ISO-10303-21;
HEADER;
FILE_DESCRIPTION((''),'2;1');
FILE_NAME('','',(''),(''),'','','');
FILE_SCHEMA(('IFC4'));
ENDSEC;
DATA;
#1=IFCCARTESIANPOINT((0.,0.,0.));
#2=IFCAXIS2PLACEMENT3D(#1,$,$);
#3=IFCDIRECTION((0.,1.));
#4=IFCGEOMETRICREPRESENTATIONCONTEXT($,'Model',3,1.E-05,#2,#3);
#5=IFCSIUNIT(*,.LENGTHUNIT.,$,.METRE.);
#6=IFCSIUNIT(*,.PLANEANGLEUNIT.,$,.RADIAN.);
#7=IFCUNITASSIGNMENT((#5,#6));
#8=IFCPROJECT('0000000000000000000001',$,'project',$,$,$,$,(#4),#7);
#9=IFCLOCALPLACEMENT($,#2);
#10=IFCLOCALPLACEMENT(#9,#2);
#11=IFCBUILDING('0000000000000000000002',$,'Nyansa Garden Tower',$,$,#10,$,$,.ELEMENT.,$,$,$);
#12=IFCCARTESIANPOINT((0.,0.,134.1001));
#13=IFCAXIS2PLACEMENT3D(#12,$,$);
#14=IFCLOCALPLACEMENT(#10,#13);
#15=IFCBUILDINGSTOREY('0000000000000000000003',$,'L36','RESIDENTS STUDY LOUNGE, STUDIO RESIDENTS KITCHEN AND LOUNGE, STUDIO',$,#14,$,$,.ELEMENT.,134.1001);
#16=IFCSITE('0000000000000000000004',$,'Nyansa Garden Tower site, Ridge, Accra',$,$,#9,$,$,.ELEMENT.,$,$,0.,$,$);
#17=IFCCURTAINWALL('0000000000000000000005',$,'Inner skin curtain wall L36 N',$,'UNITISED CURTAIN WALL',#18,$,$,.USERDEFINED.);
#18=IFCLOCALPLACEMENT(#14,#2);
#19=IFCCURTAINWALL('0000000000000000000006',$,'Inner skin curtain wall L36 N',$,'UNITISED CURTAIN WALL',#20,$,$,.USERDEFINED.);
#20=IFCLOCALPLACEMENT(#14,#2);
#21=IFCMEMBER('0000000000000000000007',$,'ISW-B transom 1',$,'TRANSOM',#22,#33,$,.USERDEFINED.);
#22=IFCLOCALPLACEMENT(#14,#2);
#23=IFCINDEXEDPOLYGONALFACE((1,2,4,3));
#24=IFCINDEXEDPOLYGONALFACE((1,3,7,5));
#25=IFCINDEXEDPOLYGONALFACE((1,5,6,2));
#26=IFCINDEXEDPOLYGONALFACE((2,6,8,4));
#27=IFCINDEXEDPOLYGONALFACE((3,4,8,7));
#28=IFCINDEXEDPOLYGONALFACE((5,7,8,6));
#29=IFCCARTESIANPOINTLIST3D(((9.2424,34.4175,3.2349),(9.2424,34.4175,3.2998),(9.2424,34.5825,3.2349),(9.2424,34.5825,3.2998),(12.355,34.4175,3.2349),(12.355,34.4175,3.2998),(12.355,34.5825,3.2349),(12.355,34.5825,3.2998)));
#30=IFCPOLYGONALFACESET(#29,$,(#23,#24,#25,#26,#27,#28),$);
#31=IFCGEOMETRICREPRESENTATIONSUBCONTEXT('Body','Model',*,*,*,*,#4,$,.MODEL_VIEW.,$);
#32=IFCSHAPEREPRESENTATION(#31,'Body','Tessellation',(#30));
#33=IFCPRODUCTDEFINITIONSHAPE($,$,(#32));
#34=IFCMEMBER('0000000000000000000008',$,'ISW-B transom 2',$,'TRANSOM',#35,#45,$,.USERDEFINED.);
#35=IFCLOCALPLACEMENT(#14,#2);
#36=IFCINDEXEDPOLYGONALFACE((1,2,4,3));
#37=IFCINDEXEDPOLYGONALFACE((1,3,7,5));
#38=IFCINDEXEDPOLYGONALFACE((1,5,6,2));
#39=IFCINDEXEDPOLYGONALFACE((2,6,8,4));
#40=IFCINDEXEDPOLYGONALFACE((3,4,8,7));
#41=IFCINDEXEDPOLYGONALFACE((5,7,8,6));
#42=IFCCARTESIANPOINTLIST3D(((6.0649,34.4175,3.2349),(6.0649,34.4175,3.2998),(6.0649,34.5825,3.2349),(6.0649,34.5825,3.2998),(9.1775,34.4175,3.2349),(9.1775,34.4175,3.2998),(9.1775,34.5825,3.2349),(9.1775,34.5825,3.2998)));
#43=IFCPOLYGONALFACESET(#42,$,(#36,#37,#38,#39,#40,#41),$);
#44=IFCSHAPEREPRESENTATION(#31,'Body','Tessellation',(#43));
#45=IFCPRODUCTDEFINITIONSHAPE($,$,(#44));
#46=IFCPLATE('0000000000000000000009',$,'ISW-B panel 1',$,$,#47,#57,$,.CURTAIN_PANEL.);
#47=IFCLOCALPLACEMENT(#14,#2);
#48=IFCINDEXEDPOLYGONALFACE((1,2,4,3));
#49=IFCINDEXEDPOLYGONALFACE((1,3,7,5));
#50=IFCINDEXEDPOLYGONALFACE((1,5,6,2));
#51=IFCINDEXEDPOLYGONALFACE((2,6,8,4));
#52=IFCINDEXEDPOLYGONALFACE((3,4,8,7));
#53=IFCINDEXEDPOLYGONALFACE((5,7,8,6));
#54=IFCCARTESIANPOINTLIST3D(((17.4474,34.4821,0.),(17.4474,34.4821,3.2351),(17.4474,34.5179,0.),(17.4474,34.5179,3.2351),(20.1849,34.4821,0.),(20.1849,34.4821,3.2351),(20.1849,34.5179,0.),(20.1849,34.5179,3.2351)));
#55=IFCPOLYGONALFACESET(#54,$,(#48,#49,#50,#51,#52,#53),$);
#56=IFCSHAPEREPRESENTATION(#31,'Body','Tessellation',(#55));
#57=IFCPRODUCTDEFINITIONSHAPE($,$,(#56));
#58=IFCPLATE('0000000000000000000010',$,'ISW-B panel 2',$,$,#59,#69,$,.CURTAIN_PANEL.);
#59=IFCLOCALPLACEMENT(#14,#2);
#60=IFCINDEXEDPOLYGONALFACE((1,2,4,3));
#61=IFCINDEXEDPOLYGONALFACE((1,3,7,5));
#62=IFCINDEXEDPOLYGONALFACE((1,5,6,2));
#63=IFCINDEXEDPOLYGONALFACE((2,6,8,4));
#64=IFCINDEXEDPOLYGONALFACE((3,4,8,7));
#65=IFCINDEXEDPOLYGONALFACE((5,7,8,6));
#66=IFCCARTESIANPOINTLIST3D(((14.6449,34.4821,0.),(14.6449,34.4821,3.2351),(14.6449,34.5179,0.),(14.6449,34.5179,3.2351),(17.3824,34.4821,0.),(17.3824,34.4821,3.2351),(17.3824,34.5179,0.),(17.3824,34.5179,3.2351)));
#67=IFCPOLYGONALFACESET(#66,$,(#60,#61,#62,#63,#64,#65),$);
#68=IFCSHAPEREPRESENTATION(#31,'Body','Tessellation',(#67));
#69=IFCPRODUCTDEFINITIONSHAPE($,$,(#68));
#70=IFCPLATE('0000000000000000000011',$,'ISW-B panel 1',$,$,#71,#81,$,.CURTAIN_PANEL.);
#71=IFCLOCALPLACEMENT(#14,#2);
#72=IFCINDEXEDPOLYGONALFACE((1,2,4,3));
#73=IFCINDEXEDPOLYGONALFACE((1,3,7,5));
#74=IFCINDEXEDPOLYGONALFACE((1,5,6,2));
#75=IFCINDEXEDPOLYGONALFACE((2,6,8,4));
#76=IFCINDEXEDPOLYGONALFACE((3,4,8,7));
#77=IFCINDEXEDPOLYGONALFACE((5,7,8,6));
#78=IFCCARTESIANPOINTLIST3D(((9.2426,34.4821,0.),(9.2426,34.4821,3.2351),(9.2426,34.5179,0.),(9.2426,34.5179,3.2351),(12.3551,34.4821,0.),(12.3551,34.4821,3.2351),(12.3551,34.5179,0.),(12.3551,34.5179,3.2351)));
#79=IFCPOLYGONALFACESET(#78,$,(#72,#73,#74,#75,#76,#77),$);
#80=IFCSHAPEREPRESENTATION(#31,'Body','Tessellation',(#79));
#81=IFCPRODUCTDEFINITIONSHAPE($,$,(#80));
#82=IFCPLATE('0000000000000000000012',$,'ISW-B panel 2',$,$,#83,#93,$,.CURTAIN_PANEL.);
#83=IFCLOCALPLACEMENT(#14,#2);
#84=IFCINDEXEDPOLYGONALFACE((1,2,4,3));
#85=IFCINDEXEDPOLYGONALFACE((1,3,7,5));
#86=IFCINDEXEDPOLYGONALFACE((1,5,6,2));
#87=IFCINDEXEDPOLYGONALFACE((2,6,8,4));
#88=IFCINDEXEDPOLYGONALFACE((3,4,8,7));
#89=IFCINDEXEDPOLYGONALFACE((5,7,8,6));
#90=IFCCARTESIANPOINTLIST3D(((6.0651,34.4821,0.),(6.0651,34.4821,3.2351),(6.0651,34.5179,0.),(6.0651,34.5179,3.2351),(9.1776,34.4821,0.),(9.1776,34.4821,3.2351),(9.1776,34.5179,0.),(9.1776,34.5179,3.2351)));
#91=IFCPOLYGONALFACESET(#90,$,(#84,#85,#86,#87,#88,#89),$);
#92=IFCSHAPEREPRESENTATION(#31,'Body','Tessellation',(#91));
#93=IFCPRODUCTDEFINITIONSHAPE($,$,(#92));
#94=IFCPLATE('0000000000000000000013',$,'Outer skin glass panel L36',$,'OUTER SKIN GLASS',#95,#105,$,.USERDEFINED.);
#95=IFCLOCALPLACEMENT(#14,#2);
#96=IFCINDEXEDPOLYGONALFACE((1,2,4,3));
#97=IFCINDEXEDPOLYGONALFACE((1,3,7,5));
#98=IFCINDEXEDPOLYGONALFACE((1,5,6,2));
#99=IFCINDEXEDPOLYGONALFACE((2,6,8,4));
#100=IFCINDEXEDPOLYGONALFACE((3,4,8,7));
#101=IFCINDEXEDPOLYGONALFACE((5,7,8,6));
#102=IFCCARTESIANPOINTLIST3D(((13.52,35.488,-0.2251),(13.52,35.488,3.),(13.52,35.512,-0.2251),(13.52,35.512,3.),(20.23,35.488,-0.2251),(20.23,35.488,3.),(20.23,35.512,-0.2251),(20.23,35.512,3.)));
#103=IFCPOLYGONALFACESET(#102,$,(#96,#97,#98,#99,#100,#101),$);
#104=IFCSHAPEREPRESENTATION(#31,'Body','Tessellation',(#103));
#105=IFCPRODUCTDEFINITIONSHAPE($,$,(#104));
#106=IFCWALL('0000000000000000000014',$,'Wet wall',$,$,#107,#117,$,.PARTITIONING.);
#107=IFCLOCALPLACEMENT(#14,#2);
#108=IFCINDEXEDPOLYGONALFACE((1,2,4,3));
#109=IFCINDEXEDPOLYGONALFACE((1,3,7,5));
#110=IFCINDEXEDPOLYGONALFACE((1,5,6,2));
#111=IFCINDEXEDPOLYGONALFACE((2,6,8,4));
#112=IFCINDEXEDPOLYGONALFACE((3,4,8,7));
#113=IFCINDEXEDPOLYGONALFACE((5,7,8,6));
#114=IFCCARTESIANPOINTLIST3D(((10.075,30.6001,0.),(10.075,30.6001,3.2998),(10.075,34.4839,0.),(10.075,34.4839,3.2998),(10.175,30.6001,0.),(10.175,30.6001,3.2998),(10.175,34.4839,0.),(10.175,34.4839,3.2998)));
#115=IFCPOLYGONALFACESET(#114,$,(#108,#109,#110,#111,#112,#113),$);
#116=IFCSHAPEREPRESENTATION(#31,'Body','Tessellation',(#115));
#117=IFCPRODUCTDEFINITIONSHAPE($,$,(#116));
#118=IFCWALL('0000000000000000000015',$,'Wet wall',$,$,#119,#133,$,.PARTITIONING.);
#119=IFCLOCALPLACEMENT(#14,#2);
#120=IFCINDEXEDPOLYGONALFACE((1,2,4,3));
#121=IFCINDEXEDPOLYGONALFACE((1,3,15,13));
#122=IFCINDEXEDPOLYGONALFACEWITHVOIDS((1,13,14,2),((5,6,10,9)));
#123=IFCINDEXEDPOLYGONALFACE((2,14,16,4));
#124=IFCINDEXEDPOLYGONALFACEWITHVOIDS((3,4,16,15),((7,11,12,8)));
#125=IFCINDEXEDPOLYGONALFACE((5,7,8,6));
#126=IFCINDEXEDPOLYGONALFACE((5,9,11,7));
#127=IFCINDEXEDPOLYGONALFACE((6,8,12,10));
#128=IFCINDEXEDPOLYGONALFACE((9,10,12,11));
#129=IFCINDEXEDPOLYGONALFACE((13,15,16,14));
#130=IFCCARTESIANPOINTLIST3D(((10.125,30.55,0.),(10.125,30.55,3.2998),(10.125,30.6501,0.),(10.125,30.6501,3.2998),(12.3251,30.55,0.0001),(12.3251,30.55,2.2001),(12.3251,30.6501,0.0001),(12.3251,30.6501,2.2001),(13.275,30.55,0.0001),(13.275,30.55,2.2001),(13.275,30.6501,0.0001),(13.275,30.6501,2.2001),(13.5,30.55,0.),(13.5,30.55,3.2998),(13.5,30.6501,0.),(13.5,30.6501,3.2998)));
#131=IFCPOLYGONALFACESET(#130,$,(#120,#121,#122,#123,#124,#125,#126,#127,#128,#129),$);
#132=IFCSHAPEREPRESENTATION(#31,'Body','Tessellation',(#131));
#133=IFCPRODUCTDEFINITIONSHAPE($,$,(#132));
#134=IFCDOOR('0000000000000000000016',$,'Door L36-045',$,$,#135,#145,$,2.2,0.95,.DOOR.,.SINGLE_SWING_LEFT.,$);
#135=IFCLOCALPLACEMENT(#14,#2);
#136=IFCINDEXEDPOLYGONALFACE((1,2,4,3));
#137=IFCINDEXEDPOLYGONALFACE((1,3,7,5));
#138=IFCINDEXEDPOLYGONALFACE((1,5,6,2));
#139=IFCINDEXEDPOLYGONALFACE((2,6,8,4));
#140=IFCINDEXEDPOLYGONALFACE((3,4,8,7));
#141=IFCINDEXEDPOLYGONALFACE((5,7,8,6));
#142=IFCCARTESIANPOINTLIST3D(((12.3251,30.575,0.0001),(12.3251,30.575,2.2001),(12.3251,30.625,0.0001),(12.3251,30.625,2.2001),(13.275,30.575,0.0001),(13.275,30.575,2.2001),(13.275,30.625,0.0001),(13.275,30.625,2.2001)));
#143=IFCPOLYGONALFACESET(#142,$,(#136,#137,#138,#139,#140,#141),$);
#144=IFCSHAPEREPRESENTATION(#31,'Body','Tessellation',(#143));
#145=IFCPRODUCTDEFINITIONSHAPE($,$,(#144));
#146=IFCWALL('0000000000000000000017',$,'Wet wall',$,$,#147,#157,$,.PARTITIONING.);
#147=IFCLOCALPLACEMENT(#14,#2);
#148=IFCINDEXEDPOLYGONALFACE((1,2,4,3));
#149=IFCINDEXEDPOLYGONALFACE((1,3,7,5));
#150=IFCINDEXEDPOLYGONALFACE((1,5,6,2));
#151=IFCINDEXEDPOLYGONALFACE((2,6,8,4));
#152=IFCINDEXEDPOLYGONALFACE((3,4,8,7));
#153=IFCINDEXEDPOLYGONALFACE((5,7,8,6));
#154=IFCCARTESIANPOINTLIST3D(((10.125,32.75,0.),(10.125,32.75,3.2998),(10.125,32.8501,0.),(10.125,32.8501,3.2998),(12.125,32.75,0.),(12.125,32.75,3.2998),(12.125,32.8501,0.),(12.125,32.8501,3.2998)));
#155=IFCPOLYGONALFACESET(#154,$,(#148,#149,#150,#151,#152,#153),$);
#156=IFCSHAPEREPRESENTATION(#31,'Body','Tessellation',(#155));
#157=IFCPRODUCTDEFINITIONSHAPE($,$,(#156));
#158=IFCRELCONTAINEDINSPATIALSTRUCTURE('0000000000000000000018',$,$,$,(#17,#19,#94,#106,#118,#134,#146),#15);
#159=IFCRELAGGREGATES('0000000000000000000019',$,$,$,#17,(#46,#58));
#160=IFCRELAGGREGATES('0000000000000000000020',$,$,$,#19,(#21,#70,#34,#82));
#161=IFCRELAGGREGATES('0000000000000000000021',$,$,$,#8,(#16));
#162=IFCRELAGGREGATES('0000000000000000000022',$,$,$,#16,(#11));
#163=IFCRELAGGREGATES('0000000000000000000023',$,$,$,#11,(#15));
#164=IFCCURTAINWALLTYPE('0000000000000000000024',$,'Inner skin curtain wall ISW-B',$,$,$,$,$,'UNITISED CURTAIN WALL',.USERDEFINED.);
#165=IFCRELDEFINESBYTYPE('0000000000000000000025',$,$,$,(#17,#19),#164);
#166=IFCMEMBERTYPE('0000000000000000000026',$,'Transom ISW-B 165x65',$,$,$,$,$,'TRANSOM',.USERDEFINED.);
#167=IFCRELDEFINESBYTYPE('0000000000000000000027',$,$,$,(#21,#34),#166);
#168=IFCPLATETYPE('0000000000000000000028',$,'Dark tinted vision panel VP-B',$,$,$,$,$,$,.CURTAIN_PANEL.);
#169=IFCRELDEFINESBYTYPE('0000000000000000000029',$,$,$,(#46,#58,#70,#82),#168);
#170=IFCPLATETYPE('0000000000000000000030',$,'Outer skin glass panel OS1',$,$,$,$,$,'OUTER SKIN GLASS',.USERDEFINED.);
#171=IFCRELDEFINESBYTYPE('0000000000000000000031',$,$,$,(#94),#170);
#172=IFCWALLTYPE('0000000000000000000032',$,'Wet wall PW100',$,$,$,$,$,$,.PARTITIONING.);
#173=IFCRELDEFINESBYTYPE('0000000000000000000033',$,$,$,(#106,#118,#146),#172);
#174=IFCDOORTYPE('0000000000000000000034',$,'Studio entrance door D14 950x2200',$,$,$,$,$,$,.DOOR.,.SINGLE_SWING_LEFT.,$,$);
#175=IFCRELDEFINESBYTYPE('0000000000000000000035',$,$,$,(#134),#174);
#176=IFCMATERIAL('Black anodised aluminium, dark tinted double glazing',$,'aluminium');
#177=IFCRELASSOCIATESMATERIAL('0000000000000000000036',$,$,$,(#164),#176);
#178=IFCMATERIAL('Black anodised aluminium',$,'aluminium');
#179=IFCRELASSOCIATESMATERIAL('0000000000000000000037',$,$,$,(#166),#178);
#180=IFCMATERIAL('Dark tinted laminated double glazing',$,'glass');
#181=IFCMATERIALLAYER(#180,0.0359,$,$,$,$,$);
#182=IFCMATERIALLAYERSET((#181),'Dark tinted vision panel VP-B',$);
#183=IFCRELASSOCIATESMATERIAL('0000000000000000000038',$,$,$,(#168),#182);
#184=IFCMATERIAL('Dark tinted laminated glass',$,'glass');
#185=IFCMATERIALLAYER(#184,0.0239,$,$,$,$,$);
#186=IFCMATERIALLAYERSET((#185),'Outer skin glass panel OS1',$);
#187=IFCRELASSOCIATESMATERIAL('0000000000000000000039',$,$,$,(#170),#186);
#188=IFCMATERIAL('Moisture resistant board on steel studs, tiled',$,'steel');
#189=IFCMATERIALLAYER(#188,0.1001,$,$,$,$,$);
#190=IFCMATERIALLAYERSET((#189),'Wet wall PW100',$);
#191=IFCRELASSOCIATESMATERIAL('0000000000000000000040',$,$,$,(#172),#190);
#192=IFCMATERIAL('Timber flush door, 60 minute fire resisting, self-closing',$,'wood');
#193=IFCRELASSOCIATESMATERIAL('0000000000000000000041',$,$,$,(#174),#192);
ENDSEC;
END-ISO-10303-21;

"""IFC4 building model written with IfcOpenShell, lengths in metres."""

from ifc_helpers import new_model, si_unit, direction, frame, frame_2d, origin, origin_2d, place, context, subcontext, project, spatial, rectangle, extrude, material, layer, layer_set, material_profile, profile_set, type_object, element, fill, aggregate, save


model = new_model("IFC4")

# Units and contexts
model_context = context("Model", 3, precision=1e-05, world=origin(), true_north=direction((0.0, 1.0)))
body_context = subcontext(model_context, "Body", "Model", "MODEL_VIEW")
ifc_project = project(units=[si_unit("LENGTHUNIT", "METRE"), si_unit("PLANEANGLEUNIT", "RADIAN")], contexts=[model_context])

# Site, building, storey
site_placement = place(None, origin())
site = spatial("IfcSite", under=ifc_project, at=site_placement, Name="Nyansa Garden Tower site, Ridge, Accra", CompositionType="ELEMENT", RefElevation=0.0)
building_placement = place(site_placement, origin())
building = spatial("IfcBuilding", under=site, at=building_placement, Name="Nyansa Garden Tower", CompositionType="ELEMENT")
storey_placement = place(building_placement, frame((0.0, 0.0, 134.1001)))
storey = spatial("IfcBuildingStorey", under=building, at=storey_placement, Name="L36", Description="RESIDENTS STUDY LOUNGE, STUDIO RESIDENTS KITCHEN AND LOUNGE, STUDIO", CompositionType="ELEMENT", Elevation=134.1001)

# Curtain walls
ifc_material_1 = material(Name="Black anodised aluminium, dark tinted double glazing", Category="aluminium")
curtain_wall_type = type_object("IfcCurtainWallType", Name="Inner skin curtain wall ISW-B", ElementType="UNITISED CURTAIN WALL", PredefinedType="USERDEFINED", material=ifc_material_1)
curtain_wall_1_placement = place(storey_placement, origin())
curtain_wall_1 = element("IfcCurtainWall", 1, at=curtain_wall_1_placement, inside=storey, type_object=curtain_wall_type, Name="Inner skin curtain wall L36 N", ObjectType="UNITISED CURTAIN WALL", PredefinedType="USERDEFINED")
curtain_wall_2_placement = place(storey_placement, origin())
curtain_wall_2 = element("IfcCurtainWall", 2, at=curtain_wall_2_placement, inside=storey, type_object=curtain_wall_type, Name="Inner skin curtain wall L36 N", ObjectType="UNITISED CURTAIN WALL", PredefinedType="USERDEFINED")

# Members
ifc_material_2 = material(Name="Black anodised aluminium", Category="aluminium")
ifc_material_profile_1 = material_profile(ifc_material_2, rectangle(XDim=0.165, YDim=0.0649, at=origin_2d()), Name="Transom 165x65")
ifc_profile_set_1 = profile_set([ifc_material_profile_1], Name="Black anodised aluminium")
member_type_1 = type_object("IfcMemberType", Name="Transom ISW-B 165x65", ElementType="TRANSOM", PredefinedType="USERDEFINED", material=ifc_profile_set_1)
member_1_placement = place(storey_placement, frame((12.355, 34.5, 3.2673), z_axis=(-1.0, 0.0, 0.0), x_axis=(0.0, -1.0, 0.0)))
member_1 = element("IfcMember", 3, at=member_1_placement, type_object=member_type_1, Name="ISW-B transom 1", ObjectType="TRANSOM", PredefinedType="USERDEFINED", context=body_context, shape_type="SweptSolid", body=[
    extrude(rectangle(XDim=0.165, YDim=0.0649, at=origin_2d()), origin(), (0.0, 0.0, 1.0), 3.1125),
])
member_2_placement = place(storey_placement, frame((9.1775, 34.5, 3.2673), z_axis=(-1.0, 0.0, 0.0), x_axis=(0.0, -1.0, 0.0)))
member_2 = element("IfcMember", 4, at=member_2_placement, type_object=member_type_1, Name="ISW-B transom 2", ObjectType="TRANSOM", PredefinedType="USERDEFINED", context=body_context, shape_type="SweptSolid", body=[
    extrude(rectangle(XDim=0.165, YDim=0.0649, at=origin_2d()), origin(), (0.0, 0.0, 1.0), 3.1125),
])

# Plates
ifc_material_3 = material(Name="Dark tinted laminated double glazing", Category="glass")
ifc_layer_1 = layer(ifc_material_3, 0.0359)
ifc_layer_set_1 = layer_set([ifc_layer_1], Name="Dark tinted vision panel VP-B")
plate_type_1 = type_object("IfcPlateType", Name="Dark tinted vision panel VP-B", PredefinedType="CURTAIN_PANEL", material=ifc_layer_set_1)
plate_1_placement = place(storey_placement, frame((18.8162, 34.5, 0.0), z_axis=(0.0, 0.0, 1.0), x_axis=(-1.0, 0.0, 0.0)))
plate_1 = element("IfcPlate", 5, at=plate_1_placement, type_object=plate_type_1, Name="ISW-B panel 1", PredefinedType="CURTAIN_PANEL", context=body_context, shape_type="SweptSolid", body=[
    extrude(rectangle(XDim=2.7375, YDim=0.0359, at=origin_2d()), origin(), (0.0, 0.0, 1.0), 3.2351),
])
plate_2_placement = place(storey_placement, frame((16.0137, 34.5, 0.0), z_axis=(0.0, 0.0, 1.0), x_axis=(-1.0, 0.0, 0.0)))
plate_2 = element("IfcPlate", 6, at=plate_2_placement, type_object=plate_type_1, Name="ISW-B panel 2", PredefinedType="CURTAIN_PANEL", context=body_context, shape_type="SweptSolid", body=[
    extrude(rectangle(XDim=2.7375, YDim=0.0359, at=origin_2d()), origin(), (0.0, 0.0, 1.0), 3.2351),
])
aggregate(curtain_wall_1, [plate_1, plate_2])
plate_3_placement = place(storey_placement, frame((10.7988, 34.5, 0.0), z_axis=(0.0, 0.0, 1.0), x_axis=(-1.0, 0.0, 0.0)))
plate_3 = element("IfcPlate", 7, at=plate_3_placement, type_object=plate_type_1, Name="ISW-B panel 1", PredefinedType="CURTAIN_PANEL", context=body_context, shape_type="SweptSolid", body=[
    extrude(rectangle(XDim=3.1125, YDim=0.0359, at=origin_2d()), origin(), (0.0, 0.0, 1.0), 3.2351),
])
plate_4_placement = place(storey_placement, frame((7.6213, 34.5, 0.0), z_axis=(0.0, 0.0, 1.0), x_axis=(-1.0, 0.0, 0.0)))
plate_4 = element("IfcPlate", 8, at=plate_4_placement, type_object=plate_type_1, Name="ISW-B panel 2", PredefinedType="CURTAIN_PANEL", context=body_context, shape_type="SweptSolid", body=[
    extrude(rectangle(XDim=3.1125, YDim=0.0359, at=origin_2d()), origin(), (0.0, 0.0, 1.0), 3.2351),
])
aggregate(curtain_wall_2, [member_1, plate_3, member_2, plate_4])
ifc_material_4 = material(Name="Dark tinted laminated glass", Category="glass")
ifc_layer_2 = layer(ifc_material_4, 0.0239)
ifc_layer_set_2 = layer_set([ifc_layer_2], Name="Outer skin glass panel OS1")
plate_type_2 = type_object("IfcPlateType", Name="Outer skin glass panel OS1", ElementType="OUTER SKIN GLASS", PredefinedType="USERDEFINED", material=ifc_layer_set_2)
plate_5_placement = place(storey_placement, frame((16.875, 35.5, -0.2251), z_axis=(0.0, 0.0, 1.0), x_axis=(1.0, 0.0, 0.0)))
element("IfcPlate", 9, at=plate_5_placement, inside=storey, type_object=plate_type_2, Name="Outer skin glass panel L36", ObjectType="OUTER SKIN GLASS", PredefinedType="USERDEFINED", context=body_context, shape_type="SweptSolid", body=[
    extrude(rectangle(XDim=6.71, YDim=0.0239, at=origin_2d()), origin(), (0.0, 0.0, 1.0), 3.2251),
])

# Wall
ifc_material_5 = material(Name="Moisture resistant board on steel studs, tiled", Category="steel")
ifc_layer_3 = layer(ifc_material_5, 0.1001)
ifc_layer_set_3 = layer_set([ifc_layer_3], Name="Wet wall PW100")
wall_type = type_object("IfcWallType", Name="Wet wall PW100", PredefinedType="PARTITIONING", material=ifc_layer_set_3)
wall_1_placement = place(storey_placement, frame((10.125, 30.6001, 0.0), z_axis=(0.0, 0.0, 1.0), x_axis=(0.0, 1.0, 0.0)))
element("IfcWall", 10, at=wall_1_placement, inside=storey, type_object=wall_type, Name="Wet wall", PredefinedType="PARTITIONING", context=body_context, shape_type="SweptSolid", body=[
    extrude(rectangle(XDim=3.8838, YDim=0.1001, at=frame_2d((1.9419, 0.0))), origin(), (0.0, 0.0, 1.0), 3.2998),
])

# Wall, opening, door
wall_2_placement = place(storey_placement, frame((10.125, 30.6001, 0.0), z_axis=(0.0, 0.0, 1.0), x_axis=(1.0, 0.0, 0.0)))
wall_2 = element("IfcWall", 11, at=wall_2_placement, inside=storey, type_object=wall_type, Name="Wet wall", PredefinedType="PARTITIONING", context=body_context, shape_type="SweptSolid", body=[
    extrude(rectangle(XDim=3.375, YDim=0.1001, at=frame_2d((1.6875, 0.0))), origin(), (0.0, 0.0, 1.0), 3.2998),
])
opening_1_placement = place(wall_2_placement, frame((2.2, 0.0, 0.0)))
opening_1 = element("IfcOpeningElement", 12, at=opening_1_placement, cuts=wall_2, PredefinedType="OPENING", context=body_context, shape_type="SweptSolid", body=[
    extrude(rectangle(XDim=0.95, YDim=2.2, at=frame_2d((0.4751, 1.1001))), frame((0.0, 0.0601, 0.0), z_axis=(0.0, -1.0, 0.0), x_axis=(1.0, 0.0, 0.0)), (0.0, 0.0, 1.0), 0.1201),
])
ifc_material_6 = material(Name="Timber flush door, 60 minute fire resisting, self-closing", Category="wood")
door_type_1 = type_object("IfcDoorType", Name="Studio entrance door D14 950x2200", OperationType="SINGLE_SWING_LEFT", PredefinedType="DOOR", material=ifc_material_6)
door_1_placement = place(opening_1_placement, origin())
door_1 = element("IfcDoor", 13, at=door_1_placement, inside=storey, type_object=door_type_1, Name="Door L36-045", OperationType="SINGLE_SWING_LEFT", OverallHeight=2.2, OverallWidth=0.95, PredefinedType="DOOR", context=body_context, shape_type="SweptSolid", body=[
    extrude(rectangle(XDim=0.95, YDim=2.2, at=frame_2d((0.4751, 1.1001))), frame((0.0, 0.0249, 0.0), z_axis=(0.0, -1.0, 0.0), x_axis=(1.0, 0.0, 0.0)), (0.0, 0.0, 1.0), 0.05),
])
fill(opening_1, door_1)

# Wall
wall_3_placement = place(storey_placement, frame((10.125, 32.8, 0.0), z_axis=(0.0, 0.0, 1.0), x_axis=(1.0, 0.0, 0.0)))
element("IfcWall", 14, at=wall_3_placement, inside=storey, type_object=wall_type, Name="Wet wall", PredefinedType="PARTITIONING", context=body_context, shape_type="SweptSolid", body=[
    extrude(rectangle(XDim=2.0, YDim=0.1001, at=frame_2d((1.0, 0.0))), origin(), (0.0, 0.0, 1.0), 3.2998),
])

save(model, "model.ifc")
